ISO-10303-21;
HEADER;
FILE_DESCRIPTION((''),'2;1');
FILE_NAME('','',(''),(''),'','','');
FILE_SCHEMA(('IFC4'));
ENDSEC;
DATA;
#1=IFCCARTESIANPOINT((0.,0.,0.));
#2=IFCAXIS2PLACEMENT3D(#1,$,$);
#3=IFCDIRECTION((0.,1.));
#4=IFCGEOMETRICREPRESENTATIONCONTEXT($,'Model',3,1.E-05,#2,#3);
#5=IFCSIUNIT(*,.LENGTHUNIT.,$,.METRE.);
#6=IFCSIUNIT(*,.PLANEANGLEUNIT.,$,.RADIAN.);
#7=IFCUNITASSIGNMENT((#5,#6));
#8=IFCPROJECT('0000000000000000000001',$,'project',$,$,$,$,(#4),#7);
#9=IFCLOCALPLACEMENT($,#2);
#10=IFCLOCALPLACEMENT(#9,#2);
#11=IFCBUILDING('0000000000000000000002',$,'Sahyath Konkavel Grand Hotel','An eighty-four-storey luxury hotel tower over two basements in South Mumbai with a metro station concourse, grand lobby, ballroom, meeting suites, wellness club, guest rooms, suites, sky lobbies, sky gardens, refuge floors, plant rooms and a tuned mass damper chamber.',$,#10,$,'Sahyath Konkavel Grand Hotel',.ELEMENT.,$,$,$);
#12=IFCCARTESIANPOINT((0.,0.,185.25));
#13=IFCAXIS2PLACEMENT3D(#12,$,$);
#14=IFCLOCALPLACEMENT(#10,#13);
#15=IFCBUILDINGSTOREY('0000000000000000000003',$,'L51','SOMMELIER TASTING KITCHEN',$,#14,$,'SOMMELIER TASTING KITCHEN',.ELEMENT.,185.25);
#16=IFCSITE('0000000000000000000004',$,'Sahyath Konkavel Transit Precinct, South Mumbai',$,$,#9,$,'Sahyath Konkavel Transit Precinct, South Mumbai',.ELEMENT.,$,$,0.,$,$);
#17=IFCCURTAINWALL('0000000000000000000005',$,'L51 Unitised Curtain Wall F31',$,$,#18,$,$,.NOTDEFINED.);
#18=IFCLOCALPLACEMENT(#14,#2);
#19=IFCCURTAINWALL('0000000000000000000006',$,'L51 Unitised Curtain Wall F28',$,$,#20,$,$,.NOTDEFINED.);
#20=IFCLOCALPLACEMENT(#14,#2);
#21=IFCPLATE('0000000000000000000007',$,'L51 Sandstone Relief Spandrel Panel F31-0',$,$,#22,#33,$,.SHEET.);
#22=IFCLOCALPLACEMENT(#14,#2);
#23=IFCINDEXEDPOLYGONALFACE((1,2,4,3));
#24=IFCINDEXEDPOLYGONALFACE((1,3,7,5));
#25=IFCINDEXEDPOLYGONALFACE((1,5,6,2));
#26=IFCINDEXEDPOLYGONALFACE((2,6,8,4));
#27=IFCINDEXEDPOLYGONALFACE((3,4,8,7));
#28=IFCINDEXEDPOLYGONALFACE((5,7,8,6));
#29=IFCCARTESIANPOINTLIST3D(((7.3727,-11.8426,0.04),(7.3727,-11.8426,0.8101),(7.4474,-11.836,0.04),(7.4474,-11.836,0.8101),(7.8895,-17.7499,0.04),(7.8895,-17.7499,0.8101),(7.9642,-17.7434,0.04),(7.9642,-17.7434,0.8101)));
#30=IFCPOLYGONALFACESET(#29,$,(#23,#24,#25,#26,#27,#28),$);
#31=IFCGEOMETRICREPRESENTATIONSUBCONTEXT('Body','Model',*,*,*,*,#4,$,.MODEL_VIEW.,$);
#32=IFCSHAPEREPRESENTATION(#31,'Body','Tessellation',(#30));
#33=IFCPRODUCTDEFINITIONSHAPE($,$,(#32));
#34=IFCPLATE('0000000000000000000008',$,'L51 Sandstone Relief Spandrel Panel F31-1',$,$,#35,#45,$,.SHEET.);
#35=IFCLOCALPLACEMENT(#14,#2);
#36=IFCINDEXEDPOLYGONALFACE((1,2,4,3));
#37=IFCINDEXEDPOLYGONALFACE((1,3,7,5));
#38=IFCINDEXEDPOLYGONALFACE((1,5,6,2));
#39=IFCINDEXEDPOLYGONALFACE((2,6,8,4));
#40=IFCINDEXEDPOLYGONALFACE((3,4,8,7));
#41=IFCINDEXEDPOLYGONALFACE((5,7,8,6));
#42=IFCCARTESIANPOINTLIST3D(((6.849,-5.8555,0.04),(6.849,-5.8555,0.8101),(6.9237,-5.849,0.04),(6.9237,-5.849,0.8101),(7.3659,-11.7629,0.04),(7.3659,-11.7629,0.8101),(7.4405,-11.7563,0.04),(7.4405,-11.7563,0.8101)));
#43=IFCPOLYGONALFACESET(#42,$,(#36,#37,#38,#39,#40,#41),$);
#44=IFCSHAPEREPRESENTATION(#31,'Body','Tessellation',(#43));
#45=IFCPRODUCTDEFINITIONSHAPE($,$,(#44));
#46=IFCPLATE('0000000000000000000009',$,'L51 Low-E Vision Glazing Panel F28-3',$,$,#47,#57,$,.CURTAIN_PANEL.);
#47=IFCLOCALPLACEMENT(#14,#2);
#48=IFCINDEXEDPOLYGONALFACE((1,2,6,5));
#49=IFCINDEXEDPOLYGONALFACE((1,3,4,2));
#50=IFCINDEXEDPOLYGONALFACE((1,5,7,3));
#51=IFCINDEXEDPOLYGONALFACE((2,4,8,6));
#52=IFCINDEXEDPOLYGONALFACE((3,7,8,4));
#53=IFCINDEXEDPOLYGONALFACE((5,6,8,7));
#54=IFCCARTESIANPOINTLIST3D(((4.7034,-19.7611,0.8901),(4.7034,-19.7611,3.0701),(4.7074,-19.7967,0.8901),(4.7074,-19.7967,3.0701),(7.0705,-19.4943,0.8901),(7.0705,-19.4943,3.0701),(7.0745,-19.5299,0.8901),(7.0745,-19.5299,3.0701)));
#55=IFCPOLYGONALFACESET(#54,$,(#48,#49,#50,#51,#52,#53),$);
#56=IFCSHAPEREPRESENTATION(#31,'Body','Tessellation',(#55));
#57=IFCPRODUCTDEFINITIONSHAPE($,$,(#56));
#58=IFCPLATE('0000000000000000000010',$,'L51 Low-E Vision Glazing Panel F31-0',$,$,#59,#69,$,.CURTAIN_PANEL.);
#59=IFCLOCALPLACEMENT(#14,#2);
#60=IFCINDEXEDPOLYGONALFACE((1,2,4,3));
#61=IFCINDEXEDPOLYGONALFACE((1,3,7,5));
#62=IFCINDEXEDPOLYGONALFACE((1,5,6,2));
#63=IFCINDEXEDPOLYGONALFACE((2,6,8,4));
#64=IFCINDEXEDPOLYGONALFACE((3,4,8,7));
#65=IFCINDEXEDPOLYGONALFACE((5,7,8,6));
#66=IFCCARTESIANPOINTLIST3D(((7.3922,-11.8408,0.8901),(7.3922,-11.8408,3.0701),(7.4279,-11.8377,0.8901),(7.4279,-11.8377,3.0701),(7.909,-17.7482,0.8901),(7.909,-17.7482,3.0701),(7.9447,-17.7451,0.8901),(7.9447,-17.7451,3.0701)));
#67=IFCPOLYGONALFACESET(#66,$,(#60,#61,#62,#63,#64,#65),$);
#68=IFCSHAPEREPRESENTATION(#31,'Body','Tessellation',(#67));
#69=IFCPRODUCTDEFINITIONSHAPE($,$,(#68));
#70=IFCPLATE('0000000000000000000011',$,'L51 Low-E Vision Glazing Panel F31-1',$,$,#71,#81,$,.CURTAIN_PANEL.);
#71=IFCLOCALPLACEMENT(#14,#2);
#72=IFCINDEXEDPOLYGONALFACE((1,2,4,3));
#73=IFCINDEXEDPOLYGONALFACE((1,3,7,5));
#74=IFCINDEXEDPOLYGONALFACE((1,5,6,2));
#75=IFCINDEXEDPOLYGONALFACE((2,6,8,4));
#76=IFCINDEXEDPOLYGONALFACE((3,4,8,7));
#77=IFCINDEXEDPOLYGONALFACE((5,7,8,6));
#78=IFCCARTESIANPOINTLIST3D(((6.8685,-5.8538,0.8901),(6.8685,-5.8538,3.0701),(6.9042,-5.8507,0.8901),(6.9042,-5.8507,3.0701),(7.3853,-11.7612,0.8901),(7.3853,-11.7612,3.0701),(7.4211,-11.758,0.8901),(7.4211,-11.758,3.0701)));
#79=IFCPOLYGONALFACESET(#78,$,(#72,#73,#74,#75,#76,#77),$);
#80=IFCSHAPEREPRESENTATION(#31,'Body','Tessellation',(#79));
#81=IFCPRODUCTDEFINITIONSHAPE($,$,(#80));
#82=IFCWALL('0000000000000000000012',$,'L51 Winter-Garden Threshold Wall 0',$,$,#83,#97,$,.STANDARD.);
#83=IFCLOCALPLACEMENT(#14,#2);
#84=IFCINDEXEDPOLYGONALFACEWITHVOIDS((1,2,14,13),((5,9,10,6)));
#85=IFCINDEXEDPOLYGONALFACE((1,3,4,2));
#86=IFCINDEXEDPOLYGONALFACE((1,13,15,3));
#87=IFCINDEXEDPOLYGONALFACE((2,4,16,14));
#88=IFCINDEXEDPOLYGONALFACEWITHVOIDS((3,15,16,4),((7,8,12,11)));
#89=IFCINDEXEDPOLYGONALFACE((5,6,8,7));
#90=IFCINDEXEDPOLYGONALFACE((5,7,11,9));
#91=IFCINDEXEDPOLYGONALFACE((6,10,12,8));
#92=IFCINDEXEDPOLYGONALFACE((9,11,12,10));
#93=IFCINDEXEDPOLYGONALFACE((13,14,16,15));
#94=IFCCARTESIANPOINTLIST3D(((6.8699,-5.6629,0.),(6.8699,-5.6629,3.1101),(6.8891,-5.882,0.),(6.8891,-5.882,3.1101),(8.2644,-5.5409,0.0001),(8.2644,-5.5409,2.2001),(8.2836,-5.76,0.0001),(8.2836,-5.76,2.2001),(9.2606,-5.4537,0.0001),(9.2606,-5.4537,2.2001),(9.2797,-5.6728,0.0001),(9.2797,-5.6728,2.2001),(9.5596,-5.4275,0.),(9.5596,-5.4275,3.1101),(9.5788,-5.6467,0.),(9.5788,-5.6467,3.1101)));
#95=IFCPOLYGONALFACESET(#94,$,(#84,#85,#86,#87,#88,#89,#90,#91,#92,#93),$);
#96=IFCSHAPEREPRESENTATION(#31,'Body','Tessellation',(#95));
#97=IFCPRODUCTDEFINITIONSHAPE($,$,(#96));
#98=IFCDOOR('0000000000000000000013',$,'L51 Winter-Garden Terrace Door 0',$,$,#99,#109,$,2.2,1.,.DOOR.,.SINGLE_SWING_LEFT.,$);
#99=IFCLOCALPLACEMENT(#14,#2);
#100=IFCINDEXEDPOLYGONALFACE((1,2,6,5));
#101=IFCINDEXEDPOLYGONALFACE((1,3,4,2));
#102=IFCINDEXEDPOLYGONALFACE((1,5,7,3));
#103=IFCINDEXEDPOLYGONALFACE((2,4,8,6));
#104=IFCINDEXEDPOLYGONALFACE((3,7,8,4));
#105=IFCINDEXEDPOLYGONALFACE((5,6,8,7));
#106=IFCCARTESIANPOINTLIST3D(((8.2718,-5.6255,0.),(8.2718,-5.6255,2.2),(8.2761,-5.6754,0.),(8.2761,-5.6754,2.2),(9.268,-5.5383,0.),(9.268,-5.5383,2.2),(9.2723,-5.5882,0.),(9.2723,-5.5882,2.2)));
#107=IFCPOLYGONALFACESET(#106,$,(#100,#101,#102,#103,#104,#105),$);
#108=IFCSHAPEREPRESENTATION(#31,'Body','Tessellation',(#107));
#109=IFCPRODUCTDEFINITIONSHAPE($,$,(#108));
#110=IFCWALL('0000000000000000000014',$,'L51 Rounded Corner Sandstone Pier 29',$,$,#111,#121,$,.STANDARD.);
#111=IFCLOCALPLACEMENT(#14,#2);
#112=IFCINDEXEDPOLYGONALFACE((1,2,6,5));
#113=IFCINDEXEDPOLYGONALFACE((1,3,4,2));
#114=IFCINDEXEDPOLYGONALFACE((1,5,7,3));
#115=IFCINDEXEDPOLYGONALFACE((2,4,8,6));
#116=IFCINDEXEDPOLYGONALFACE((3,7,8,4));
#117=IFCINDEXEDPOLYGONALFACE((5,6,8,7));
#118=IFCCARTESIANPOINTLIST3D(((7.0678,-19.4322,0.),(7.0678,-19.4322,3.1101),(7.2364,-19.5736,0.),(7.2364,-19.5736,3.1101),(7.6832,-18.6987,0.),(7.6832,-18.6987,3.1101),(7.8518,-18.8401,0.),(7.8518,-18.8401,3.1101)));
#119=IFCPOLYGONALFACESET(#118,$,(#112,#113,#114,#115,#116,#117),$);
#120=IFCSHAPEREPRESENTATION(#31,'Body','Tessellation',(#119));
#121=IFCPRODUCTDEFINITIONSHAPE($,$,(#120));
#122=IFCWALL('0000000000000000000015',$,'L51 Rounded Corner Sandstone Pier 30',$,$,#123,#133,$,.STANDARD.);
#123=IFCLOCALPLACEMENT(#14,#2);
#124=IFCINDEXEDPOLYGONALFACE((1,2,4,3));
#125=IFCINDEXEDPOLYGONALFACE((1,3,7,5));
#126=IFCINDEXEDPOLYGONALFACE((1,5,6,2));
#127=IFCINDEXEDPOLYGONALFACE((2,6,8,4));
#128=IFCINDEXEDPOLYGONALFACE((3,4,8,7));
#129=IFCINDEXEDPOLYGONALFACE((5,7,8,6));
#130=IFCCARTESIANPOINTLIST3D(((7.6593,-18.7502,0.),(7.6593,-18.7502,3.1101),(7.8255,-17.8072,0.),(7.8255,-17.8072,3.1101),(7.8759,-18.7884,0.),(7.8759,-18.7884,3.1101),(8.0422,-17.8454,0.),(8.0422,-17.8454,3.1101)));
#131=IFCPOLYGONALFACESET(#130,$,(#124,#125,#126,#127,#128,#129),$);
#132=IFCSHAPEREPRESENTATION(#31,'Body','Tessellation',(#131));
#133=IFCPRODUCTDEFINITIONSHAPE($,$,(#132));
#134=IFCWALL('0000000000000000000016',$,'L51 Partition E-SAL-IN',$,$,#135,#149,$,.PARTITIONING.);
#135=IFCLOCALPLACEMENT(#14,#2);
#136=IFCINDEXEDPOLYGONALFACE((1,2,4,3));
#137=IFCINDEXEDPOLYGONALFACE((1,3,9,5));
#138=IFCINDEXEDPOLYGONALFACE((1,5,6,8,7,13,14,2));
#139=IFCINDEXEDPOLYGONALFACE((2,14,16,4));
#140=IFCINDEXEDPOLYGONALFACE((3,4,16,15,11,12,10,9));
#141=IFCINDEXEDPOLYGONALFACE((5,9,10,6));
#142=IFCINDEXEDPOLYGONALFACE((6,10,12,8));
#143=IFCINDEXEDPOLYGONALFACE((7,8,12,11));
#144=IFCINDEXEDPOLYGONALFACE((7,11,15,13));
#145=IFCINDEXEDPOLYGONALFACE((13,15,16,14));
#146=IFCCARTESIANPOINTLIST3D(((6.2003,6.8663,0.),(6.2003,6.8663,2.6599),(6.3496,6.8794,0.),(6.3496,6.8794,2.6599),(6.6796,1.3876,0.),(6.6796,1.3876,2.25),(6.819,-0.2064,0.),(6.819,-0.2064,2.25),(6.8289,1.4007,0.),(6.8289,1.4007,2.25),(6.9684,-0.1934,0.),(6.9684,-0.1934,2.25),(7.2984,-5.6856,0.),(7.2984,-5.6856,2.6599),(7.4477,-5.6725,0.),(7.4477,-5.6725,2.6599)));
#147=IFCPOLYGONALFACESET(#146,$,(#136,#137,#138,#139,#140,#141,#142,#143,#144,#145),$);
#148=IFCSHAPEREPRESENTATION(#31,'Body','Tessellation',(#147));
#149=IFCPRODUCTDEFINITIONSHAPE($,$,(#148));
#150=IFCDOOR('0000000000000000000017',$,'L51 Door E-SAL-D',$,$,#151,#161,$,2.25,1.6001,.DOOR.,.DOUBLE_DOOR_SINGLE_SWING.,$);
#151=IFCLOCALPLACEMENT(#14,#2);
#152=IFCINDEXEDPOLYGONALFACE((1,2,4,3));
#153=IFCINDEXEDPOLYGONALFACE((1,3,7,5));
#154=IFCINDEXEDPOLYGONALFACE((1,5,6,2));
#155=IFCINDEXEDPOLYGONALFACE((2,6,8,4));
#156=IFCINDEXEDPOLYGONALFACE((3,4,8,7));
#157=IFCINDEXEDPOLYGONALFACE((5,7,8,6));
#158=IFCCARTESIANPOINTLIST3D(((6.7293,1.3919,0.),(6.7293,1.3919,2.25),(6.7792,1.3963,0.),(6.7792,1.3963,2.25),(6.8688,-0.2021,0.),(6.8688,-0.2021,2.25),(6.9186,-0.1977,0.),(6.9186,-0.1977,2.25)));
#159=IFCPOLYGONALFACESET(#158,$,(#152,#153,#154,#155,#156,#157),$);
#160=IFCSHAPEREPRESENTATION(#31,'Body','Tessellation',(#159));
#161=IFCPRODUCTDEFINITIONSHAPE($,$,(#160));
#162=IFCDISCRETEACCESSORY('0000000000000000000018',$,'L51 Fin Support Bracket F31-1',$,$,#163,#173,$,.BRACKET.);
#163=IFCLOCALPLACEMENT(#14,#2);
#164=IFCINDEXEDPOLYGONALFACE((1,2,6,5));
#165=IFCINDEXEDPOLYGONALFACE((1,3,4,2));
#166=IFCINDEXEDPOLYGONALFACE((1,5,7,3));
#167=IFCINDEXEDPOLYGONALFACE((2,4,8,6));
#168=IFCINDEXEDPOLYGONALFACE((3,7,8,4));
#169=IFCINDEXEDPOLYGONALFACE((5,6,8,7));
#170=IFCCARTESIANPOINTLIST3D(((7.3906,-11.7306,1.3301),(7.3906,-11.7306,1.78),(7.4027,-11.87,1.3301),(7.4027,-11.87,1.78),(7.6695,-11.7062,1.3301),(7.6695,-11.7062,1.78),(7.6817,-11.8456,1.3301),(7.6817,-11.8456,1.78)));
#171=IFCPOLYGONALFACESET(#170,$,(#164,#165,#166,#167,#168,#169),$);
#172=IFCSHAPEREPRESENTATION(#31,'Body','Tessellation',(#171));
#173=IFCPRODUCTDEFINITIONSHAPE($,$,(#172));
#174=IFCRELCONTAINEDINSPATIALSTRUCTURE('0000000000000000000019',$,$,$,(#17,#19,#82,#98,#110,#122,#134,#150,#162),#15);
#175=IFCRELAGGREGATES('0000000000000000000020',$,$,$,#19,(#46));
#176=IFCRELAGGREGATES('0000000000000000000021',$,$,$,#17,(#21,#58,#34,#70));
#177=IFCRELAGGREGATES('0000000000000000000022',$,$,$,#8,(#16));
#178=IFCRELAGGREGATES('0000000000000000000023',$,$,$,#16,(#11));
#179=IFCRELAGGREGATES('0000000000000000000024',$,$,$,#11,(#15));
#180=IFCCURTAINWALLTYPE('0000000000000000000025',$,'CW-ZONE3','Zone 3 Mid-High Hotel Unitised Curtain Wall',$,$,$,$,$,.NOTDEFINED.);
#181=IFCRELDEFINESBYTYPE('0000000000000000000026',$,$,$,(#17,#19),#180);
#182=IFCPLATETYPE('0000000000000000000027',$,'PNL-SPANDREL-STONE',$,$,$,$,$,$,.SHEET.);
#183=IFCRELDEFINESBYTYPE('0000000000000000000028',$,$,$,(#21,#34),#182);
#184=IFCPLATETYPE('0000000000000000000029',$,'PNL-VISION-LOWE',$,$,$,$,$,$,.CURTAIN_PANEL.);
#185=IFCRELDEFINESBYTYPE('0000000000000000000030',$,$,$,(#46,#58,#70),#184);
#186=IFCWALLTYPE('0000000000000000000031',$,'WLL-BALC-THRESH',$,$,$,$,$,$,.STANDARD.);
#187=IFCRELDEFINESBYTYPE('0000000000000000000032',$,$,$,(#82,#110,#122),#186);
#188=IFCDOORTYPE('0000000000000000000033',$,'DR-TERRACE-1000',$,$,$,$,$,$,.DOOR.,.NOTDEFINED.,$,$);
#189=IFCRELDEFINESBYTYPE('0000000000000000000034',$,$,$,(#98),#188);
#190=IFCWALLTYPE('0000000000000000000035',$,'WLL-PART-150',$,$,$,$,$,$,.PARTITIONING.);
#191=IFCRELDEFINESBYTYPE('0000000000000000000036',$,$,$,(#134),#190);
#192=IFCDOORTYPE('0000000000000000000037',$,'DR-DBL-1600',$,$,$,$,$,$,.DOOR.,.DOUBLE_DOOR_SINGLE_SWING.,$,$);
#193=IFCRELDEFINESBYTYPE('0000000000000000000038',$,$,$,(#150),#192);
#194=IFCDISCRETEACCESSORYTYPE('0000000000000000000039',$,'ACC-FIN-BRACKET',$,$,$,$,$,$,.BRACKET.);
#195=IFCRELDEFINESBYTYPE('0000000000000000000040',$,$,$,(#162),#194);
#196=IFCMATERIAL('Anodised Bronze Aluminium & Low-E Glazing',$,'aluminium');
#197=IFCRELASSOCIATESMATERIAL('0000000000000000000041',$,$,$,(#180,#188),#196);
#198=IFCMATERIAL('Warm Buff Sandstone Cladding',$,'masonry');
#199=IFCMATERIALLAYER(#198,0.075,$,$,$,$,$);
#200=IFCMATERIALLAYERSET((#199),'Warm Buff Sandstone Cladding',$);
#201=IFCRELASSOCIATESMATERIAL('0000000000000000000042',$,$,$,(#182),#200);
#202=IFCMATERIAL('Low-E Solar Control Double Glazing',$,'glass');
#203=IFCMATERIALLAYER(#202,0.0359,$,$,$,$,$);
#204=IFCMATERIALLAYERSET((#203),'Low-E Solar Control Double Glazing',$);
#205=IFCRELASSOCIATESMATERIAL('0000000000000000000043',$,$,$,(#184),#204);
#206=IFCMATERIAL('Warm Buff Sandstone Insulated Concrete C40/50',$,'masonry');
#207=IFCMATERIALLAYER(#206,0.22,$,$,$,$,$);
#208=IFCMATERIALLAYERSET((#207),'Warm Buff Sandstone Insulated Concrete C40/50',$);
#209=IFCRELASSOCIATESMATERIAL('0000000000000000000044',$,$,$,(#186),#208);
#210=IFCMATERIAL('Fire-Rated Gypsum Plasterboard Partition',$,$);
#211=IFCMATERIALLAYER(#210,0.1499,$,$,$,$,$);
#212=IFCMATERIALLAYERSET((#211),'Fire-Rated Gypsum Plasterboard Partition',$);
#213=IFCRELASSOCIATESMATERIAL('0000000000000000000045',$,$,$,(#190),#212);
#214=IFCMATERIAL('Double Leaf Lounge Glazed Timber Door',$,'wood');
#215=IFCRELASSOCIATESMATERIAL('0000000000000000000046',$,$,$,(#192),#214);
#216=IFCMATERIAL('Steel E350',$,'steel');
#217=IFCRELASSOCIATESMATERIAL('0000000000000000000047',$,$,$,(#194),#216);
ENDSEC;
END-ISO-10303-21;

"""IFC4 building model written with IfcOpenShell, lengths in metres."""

from ifc_helpers import new_model, si_unit, direction, frame, frame_2d, origin, origin_2d, place, context, subcontext, project, spatial, rectangle, extrude, source, transform, mapped, material, layer, layer_set, type_object, element, fill, aggregate, save


model = new_model("IFC4")

# Units and contexts
model_context = context("Model", 3, precision=1e-05, world=origin(), true_north=direction((0.0, 1.0)))
body_context = subcontext(model_context, "Body", "Model", "MODEL_VIEW")
ifc_project = project(units=[si_unit("LENGTHUNIT", "METRE"), si_unit("PLANEANGLEUNIT", "RADIAN")], contexts=[model_context])

# Site, building, storey
site_placement = place(None, origin())
site = spatial("IfcSite", under=ifc_project, at=site_placement, Name="Sahyath Konkavel Transit Precinct, South Mumbai", LongName="Sahyath Konkavel Transit Precinct, South Mumbai", CompositionType="ELEMENT", RefElevation=0.0)
building_placement = place(site_placement, origin())
building = spatial("IfcBuilding", under=site, at=building_placement, Name="Sahyath Konkavel Grand Hotel", Description="An eighty-four-storey luxury hotel tower over two basements in South Mumbai with a metro station concourse, grand lobby, ballroom, meeting suites, wellness club, guest rooms, suites, sky lobbies, sky gardens, refuge floors, plant rooms and a tuned mass damper chamber.", LongName="Sahyath Konkavel Grand Hotel", CompositionType="ELEMENT")
storey_placement = place(building_placement, frame((0.0, 0.0, 185.25)))
storey = spatial("IfcBuildingStorey", under=building, at=storey_placement, Name="L51", Description="SOMMELIER TASTING KITCHEN", LongName="SOMMELIER TASTING KITCHEN", CompositionType="ELEMENT", Elevation=185.25)

# Curtain walls
ifc_material_1 = material(Name="Anodised Bronze Aluminium & Low-E Glazing", Category="aluminium")
curtain_wall_type = type_object("IfcCurtainWallType", Name="CW-ZONE3", Description="Zone 3 Mid-High Hotel Unitised Curtain Wall", PredefinedType="NOTDEFINED", material=ifc_material_1)
curtain_wall_1_placement = place(storey_placement, origin())
curtain_wall_1 = element("IfcCurtainWall", 1, at=curtain_wall_1_placement, inside=storey, type_object=curtain_wall_type, Name="L51 Unitised Curtain Wall F31", PredefinedType="NOTDEFINED")
curtain_wall_2_placement = place(storey_placement, origin())
curtain_wall_2 = element("IfcCurtainWall", 2, at=curtain_wall_2_placement, inside=storey, type_object=curtain_wall_type, Name="L51 Unitised Curtain Wall F28", PredefinedType="NOTDEFINED")

# Plates
ifc_material_2 = material(Name="Warm Buff Sandstone Cladding", Category="masonry")
ifc_layer_1 = layer(ifc_material_2, 0.075)
ifc_layer_set_1 = layer_set([ifc_layer_1], Name="Warm Buff Sandstone Cladding")
plate_type_1 = type_object("IfcPlateType", Name="PNL-SPANDREL-STONE", PredefinedType="SHEET", material=ifc_layer_set_1)
shared_shape_1 = source(origin(), body_context, "Body", "SweptSolid", [
    extrude(rectangle(XDim=5.9299, YDim=0.075, at=origin_2d()), origin(), (0.0, 0.0, 1.0), 0.77),
])
plate_1_placement = place(storey_placement, frame((7.6685, -14.793, 0.04), z_axis=(0.0, 0.0, 1.0), x_axis=(-0.087156, 0.996195, 0.0)))
plate_1 = element("IfcPlate", 3, at=plate_1_placement, type_object=plate_type_1, Name="L51 Sandstone Relief Spandrel Panel F31-0", PredefinedType="SHEET", context=body_context, shape_type="MappedRepresentation", body=[
    mapped(shared_shape_1, transform((0.0, 0.0, 0.0), scale=1.0)),
])
plate_2_placement = place(storey_placement, frame((7.1448, -8.8059, 0.04), z_axis=(0.0, 0.0, 1.0), x_axis=(-0.087156, 0.996195, 0.0)))
plate_2 = element("IfcPlate", 4, at=plate_2_placement, type_object=plate_type_1, Name="L51 Sandstone Relief Spandrel Panel F31-1", PredefinedType="SHEET", context=body_context, shape_type="MappedRepresentation", body=[
    mapped(shared_shape_1, transform((0.0, 0.0, 0.0), scale=1.0)),
])
ifc_material_3 = material(Name="Low-E Solar Control Double Glazing", Category="glass")
ifc_layer_2 = layer(ifc_material_3, 0.0359)
ifc_layer_set_2 = layer_set([ifc_layer_2], Name="Low-E Solar Control Double Glazing")
plate_type_2 = type_object("IfcPlateType", Name="PNL-VISION-LOWE", PredefinedType="CURTAIN_PANEL", material=ifc_layer_set_2)
shared_shape_2 = source(origin(), body_context, "Body", "SweptSolid", [
    extrude(rectangle(XDim=2.3821, YDim=0.0359, at=origin_2d()), origin(), (0.0, 0.0, 1.0), 2.1799),
])
plate_3_placement = place(storey_placement, frame((5.8889, -19.6455, 0.8901), z_axis=(0.0, 0.0, 1.0), x_axis=(0.993707, 0.112007, 0.0)))
plate_3 = element("IfcPlate", 5, at=plate_3_placement, type_object=plate_type_2, Name="L51 Low-E Vision Glazing Panel F28-3", PredefinedType="CURTAIN_PANEL", context=body_context, shape_type="MappedRepresentation", body=[
    mapped(shared_shape_2, transform((0.0, 0.0, 0.0), scale=1.0)),
])
aggregate(curtain_wall_2, [plate_3])
shared_shape_3 = source(origin(), body_context, "Body", "SweptSolid", [
    extrude(rectangle(XDim=5.9299, YDim=0.0359, at=origin_2d()), origin(), (0.0, 0.0, 1.0), 2.1799),
])
plate_4_placement = place(storey_placement, frame((7.6685, -14.793, 0.8901), z_axis=(0.0, 0.0, 1.0), x_axis=(-0.087156, 0.996195, 0.0)))
plate_4 = element("IfcPlate", 6, at=plate_4_placement, type_object=plate_type_2, Name="L51 Low-E Vision Glazing Panel F31-0", PredefinedType="CURTAIN_PANEL", context=body_context, shape_type="MappedRepresentation", body=[
    mapped(shared_shape_3, transform((0.0, 0.0, 0.0), scale=1.0)),
])
plate_5_placement = place(storey_placement, frame((7.1448, -8.8059, 0.8901), z_axis=(0.0, 0.0, 1.0), x_axis=(-0.087156, 0.996195, 0.0)))
plate_5 = element("IfcPlate", 7, at=plate_5_placement, type_object=plate_type_2, Name="L51 Low-E Vision Glazing Panel F31-1", PredefinedType="CURTAIN_PANEL", context=body_context, shape_type="MappedRepresentation", body=[
    mapped(shared_shape_3, transform((0.0, 0.0, 0.0), scale=1.0)),
])
aggregate(curtain_wall_1, [plate_1, plate_4, plate_2, plate_5])

# Wall, opening, door
ifc_material_4 = material(Name="Warm Buff Sandstone Insulated Concrete C40/50", Category="masonry")
ifc_layer_3 = layer(ifc_material_4, 0.22)
ifc_layer_set_3 = layer_set([ifc_layer_3], Name="Warm Buff Sandstone Insulated Concrete C40/50")
wall_type_1 = type_object("IfcWallType", Name="WLL-BALC-THRESH", PredefinedType="STANDARD", material=ifc_layer_set_3)
wall_1_placement = place(storey_placement, frame((6.8794, -5.7725, 0.0), z_axis=(0.0, 0.0, 1.0), x_axis=(0.996194, 0.087168, 0.0)))
wall_1 = element("IfcWall", 8, at=wall_1_placement, inside=storey, type_object=wall_type_1, Name="L51 Winter-Garden Threshold Wall 0", PredefinedType="STANDARD", context=body_context, shape_type="SweptSolid", body=[
    extrude(rectangle(XDim=2.7, YDim=0.22, at=frame_2d((1.3501, 0.0))), origin(), (0.0, 0.0, 1.0), 3.1101),
])
opening_1_placement = place(wall_1_placement, frame((1.3999, 0.0, 0.0)))
opening_1 = element("IfcOpeningElement", 9, at=opening_1_placement, cuts=wall_1, PredefinedType="OPENING", context=body_context, shape_type="SweptSolid", body=[
    extrude(rectangle(XDim=1.0, YDim=2.2, at=frame_2d((0.5, 1.1001))), frame((0.0, 0.1201, 0.0), z_axis=(0.0, -1.0, 0.0), x_axis=(1.0, 0.0, 0.0)), (0.0, 0.0, 1.0), 0.24),
])
door_type_1 = type_object("IfcDoorType", Name="DR-TERRACE-1000", OperationType="NOTDEFINED", PredefinedType="DOOR", material=ifc_material_1)
shared_shape_4 = source(origin(), body_context, "Body", "SweptSolid", [
    extrude(rectangle(XDim=1.0, YDim=0.05, at=origin_2d()), origin(), (0.0, 0.0, 1.0), 2.2),
])
door_1_placement = place(opening_1_placement, frame((0.5, 0.0, 0.0)))
door_1 = element("IfcDoor", 10, at=door_1_placement, inside=storey, type_object=door_type_1, Name="L51 Winter-Garden Terrace Door 0", OperationType="SINGLE_SWING_LEFT", OverallHeight=2.2, OverallWidth=1.0, PredefinedType="DOOR", context=body_context, shape_type="MappedRepresentation", body=[
    mapped(shared_shape_4, transform((0.0, 0.0, 0.0), scale=1.0)),
])
fill(opening_1, door_1)

# Walls
for number, where, z_axis, x_axis, name in (
    (11, (7.1521, -19.5029, 0.0), (0.0, 0.0, 1.0), (0.642714, 0.766107, 0.0), "L51 Rounded Corner Sandstone Pier 29"),
    (12, (7.7676, -18.7693, 0.0), (0.0, 0.0, 1.0), (0.173654, 0.984807, 0.0), "L51 Rounded Corner Sandstone Pier 30"),
):
    element("IfcWall", number, at=place(storey_placement, frame(where, z_axis=z_axis, x_axis=x_axis)), inside=storey, type_object=wall_type_1, Name=name, PredefinedType="STANDARD", context=body_context, shape_type="SweptSolid", body=[
        extrude(rectangle(XDim=0.9575, YDim=0.22, at=frame_2d((0.4788, 0.0))), origin(), (0.0, 0.0, 1.0), 3.1101),
    ])

# Wall, opening, door
ifc_material_5 = material(Name="Fire-Rated Gypsum Plasterboard Partition")
ifc_layer_4 = layer(ifc_material_5, 0.1499)
ifc_layer_set_4 = layer_set([ifc_layer_4], Name="Fire-Rated Gypsum Plasterboard Partition")
wall_type_2 = type_object("IfcWallType", Name="WLL-PART-150", PredefinedType="PARTITIONING", material=ifc_layer_set_4)
wall_2_placement = place(storey_placement, frame((7.373, -5.679, 0.0), z_axis=(0.0, 0.0, 1.0), x_axis=(-0.087155, 0.996195, 0.0)))
wall_2 = element("IfcWall", 13, at=wall_2_placement, inside=storey, type_object=wall_type_2, Name="L51 Partition E-SAL-IN", PredefinedType="PARTITIONING", context=body_context, shape_type="SweptSolid", body=[
    extrude(rectangle(XDim=12.5999, YDim=0.1499, at=frame_2d((6.2998, 0.0))), origin(), (0.0, 0.0, 1.0), 2.6599),
])
opening_2_placement = place(wall_2_placement, frame((5.5, 0.0, 0.0)))
opening_2 = element("IfcOpeningElement", 14, at=opening_2_placement, cuts=wall_2, PredefinedType="OPENING", context=body_context, shape_type="SweptSolid", body=[
    extrude(rectangle(XDim=1.6001, YDim=2.25, at=frame_2d((0.8, 1.125))), frame((0.0, 0.085, 0.0), z_axis=(0.0, -1.0, 0.0), x_axis=(1.0, 0.0, 0.0)), (0.0, 0.0, 1.0), 0.1699),
])
ifc_material_6 = material(Name="Double Leaf Lounge Glazed Timber Door", Category="wood")
door_type_2 = type_object("IfcDoorType", Name="DR-DBL-1600", OperationType="DOUBLE_DOOR_SINGLE_SWING", PredefinedType="DOOR", material=ifc_material_6)
shared_shape_5 = source(origin(), body_context, "Body", "SweptSolid", [
    extrude(rectangle(XDim=1.6001, YDim=0.05, at=origin_2d()), origin(), (0.0, 0.0, 1.0), 2.25),
])
door_2_placement = place(opening_2_placement, frame((0.8, 0.0, 0.0)))
door_2 = element("IfcDoor", 15, at=door_2_placement, inside=storey, type_object=door_type_2, Name="L51 Door E-SAL-D", OperationType="DOUBLE_DOOR_SINGLE_SWING", OverallHeight=2.25, OverallWidth=1.6001, PredefinedType="DOOR", context=body_context, shape_type="MappedRepresentation", body=[
    mapped(shared_shape_5, transform((0.0, 0.0, 0.0), scale=1.0)),
])
fill(opening_2, door_2)

# Discrete accessory
ifc_material_7 = material(Name="Steel E350", Category="steel")
discrete_accessory_type = type_object("IfcDiscreteAccessoryType", Name="ACC-FIN-BRACKET", PredefinedType="BRACKET", material=ifc_material_7)
shared_shape_6 = source(origin(), body_context, "Body", "SweptSolid", [
    extrude(rectangle(XDim=0.28, YDim=0.1399, at=origin_2d()), origin(), (0.0, 0.0, 1.0), 0.45),
])
discrete_accessory_placement = place(storey_placement, frame((7.5361, -11.7881, 1.3301), z_axis=(0.0, 0.0, 1.0), x_axis=(0.996195, 0.087156, 0.0)))
element("IfcDiscreteAccessory", 16, at=discrete_accessory_placement, inside=storey, type_object=discrete_accessory_type, Name="L51 Fin Support Bracket F31-1", PredefinedType="BRACKET", context=body_context, shape_type="MappedRepresentation", body=[
    mapped(shared_shape_6, transform((0.0, 0.0, 0.0), scale=1.0)),
])

save(model, "model.ifc")
